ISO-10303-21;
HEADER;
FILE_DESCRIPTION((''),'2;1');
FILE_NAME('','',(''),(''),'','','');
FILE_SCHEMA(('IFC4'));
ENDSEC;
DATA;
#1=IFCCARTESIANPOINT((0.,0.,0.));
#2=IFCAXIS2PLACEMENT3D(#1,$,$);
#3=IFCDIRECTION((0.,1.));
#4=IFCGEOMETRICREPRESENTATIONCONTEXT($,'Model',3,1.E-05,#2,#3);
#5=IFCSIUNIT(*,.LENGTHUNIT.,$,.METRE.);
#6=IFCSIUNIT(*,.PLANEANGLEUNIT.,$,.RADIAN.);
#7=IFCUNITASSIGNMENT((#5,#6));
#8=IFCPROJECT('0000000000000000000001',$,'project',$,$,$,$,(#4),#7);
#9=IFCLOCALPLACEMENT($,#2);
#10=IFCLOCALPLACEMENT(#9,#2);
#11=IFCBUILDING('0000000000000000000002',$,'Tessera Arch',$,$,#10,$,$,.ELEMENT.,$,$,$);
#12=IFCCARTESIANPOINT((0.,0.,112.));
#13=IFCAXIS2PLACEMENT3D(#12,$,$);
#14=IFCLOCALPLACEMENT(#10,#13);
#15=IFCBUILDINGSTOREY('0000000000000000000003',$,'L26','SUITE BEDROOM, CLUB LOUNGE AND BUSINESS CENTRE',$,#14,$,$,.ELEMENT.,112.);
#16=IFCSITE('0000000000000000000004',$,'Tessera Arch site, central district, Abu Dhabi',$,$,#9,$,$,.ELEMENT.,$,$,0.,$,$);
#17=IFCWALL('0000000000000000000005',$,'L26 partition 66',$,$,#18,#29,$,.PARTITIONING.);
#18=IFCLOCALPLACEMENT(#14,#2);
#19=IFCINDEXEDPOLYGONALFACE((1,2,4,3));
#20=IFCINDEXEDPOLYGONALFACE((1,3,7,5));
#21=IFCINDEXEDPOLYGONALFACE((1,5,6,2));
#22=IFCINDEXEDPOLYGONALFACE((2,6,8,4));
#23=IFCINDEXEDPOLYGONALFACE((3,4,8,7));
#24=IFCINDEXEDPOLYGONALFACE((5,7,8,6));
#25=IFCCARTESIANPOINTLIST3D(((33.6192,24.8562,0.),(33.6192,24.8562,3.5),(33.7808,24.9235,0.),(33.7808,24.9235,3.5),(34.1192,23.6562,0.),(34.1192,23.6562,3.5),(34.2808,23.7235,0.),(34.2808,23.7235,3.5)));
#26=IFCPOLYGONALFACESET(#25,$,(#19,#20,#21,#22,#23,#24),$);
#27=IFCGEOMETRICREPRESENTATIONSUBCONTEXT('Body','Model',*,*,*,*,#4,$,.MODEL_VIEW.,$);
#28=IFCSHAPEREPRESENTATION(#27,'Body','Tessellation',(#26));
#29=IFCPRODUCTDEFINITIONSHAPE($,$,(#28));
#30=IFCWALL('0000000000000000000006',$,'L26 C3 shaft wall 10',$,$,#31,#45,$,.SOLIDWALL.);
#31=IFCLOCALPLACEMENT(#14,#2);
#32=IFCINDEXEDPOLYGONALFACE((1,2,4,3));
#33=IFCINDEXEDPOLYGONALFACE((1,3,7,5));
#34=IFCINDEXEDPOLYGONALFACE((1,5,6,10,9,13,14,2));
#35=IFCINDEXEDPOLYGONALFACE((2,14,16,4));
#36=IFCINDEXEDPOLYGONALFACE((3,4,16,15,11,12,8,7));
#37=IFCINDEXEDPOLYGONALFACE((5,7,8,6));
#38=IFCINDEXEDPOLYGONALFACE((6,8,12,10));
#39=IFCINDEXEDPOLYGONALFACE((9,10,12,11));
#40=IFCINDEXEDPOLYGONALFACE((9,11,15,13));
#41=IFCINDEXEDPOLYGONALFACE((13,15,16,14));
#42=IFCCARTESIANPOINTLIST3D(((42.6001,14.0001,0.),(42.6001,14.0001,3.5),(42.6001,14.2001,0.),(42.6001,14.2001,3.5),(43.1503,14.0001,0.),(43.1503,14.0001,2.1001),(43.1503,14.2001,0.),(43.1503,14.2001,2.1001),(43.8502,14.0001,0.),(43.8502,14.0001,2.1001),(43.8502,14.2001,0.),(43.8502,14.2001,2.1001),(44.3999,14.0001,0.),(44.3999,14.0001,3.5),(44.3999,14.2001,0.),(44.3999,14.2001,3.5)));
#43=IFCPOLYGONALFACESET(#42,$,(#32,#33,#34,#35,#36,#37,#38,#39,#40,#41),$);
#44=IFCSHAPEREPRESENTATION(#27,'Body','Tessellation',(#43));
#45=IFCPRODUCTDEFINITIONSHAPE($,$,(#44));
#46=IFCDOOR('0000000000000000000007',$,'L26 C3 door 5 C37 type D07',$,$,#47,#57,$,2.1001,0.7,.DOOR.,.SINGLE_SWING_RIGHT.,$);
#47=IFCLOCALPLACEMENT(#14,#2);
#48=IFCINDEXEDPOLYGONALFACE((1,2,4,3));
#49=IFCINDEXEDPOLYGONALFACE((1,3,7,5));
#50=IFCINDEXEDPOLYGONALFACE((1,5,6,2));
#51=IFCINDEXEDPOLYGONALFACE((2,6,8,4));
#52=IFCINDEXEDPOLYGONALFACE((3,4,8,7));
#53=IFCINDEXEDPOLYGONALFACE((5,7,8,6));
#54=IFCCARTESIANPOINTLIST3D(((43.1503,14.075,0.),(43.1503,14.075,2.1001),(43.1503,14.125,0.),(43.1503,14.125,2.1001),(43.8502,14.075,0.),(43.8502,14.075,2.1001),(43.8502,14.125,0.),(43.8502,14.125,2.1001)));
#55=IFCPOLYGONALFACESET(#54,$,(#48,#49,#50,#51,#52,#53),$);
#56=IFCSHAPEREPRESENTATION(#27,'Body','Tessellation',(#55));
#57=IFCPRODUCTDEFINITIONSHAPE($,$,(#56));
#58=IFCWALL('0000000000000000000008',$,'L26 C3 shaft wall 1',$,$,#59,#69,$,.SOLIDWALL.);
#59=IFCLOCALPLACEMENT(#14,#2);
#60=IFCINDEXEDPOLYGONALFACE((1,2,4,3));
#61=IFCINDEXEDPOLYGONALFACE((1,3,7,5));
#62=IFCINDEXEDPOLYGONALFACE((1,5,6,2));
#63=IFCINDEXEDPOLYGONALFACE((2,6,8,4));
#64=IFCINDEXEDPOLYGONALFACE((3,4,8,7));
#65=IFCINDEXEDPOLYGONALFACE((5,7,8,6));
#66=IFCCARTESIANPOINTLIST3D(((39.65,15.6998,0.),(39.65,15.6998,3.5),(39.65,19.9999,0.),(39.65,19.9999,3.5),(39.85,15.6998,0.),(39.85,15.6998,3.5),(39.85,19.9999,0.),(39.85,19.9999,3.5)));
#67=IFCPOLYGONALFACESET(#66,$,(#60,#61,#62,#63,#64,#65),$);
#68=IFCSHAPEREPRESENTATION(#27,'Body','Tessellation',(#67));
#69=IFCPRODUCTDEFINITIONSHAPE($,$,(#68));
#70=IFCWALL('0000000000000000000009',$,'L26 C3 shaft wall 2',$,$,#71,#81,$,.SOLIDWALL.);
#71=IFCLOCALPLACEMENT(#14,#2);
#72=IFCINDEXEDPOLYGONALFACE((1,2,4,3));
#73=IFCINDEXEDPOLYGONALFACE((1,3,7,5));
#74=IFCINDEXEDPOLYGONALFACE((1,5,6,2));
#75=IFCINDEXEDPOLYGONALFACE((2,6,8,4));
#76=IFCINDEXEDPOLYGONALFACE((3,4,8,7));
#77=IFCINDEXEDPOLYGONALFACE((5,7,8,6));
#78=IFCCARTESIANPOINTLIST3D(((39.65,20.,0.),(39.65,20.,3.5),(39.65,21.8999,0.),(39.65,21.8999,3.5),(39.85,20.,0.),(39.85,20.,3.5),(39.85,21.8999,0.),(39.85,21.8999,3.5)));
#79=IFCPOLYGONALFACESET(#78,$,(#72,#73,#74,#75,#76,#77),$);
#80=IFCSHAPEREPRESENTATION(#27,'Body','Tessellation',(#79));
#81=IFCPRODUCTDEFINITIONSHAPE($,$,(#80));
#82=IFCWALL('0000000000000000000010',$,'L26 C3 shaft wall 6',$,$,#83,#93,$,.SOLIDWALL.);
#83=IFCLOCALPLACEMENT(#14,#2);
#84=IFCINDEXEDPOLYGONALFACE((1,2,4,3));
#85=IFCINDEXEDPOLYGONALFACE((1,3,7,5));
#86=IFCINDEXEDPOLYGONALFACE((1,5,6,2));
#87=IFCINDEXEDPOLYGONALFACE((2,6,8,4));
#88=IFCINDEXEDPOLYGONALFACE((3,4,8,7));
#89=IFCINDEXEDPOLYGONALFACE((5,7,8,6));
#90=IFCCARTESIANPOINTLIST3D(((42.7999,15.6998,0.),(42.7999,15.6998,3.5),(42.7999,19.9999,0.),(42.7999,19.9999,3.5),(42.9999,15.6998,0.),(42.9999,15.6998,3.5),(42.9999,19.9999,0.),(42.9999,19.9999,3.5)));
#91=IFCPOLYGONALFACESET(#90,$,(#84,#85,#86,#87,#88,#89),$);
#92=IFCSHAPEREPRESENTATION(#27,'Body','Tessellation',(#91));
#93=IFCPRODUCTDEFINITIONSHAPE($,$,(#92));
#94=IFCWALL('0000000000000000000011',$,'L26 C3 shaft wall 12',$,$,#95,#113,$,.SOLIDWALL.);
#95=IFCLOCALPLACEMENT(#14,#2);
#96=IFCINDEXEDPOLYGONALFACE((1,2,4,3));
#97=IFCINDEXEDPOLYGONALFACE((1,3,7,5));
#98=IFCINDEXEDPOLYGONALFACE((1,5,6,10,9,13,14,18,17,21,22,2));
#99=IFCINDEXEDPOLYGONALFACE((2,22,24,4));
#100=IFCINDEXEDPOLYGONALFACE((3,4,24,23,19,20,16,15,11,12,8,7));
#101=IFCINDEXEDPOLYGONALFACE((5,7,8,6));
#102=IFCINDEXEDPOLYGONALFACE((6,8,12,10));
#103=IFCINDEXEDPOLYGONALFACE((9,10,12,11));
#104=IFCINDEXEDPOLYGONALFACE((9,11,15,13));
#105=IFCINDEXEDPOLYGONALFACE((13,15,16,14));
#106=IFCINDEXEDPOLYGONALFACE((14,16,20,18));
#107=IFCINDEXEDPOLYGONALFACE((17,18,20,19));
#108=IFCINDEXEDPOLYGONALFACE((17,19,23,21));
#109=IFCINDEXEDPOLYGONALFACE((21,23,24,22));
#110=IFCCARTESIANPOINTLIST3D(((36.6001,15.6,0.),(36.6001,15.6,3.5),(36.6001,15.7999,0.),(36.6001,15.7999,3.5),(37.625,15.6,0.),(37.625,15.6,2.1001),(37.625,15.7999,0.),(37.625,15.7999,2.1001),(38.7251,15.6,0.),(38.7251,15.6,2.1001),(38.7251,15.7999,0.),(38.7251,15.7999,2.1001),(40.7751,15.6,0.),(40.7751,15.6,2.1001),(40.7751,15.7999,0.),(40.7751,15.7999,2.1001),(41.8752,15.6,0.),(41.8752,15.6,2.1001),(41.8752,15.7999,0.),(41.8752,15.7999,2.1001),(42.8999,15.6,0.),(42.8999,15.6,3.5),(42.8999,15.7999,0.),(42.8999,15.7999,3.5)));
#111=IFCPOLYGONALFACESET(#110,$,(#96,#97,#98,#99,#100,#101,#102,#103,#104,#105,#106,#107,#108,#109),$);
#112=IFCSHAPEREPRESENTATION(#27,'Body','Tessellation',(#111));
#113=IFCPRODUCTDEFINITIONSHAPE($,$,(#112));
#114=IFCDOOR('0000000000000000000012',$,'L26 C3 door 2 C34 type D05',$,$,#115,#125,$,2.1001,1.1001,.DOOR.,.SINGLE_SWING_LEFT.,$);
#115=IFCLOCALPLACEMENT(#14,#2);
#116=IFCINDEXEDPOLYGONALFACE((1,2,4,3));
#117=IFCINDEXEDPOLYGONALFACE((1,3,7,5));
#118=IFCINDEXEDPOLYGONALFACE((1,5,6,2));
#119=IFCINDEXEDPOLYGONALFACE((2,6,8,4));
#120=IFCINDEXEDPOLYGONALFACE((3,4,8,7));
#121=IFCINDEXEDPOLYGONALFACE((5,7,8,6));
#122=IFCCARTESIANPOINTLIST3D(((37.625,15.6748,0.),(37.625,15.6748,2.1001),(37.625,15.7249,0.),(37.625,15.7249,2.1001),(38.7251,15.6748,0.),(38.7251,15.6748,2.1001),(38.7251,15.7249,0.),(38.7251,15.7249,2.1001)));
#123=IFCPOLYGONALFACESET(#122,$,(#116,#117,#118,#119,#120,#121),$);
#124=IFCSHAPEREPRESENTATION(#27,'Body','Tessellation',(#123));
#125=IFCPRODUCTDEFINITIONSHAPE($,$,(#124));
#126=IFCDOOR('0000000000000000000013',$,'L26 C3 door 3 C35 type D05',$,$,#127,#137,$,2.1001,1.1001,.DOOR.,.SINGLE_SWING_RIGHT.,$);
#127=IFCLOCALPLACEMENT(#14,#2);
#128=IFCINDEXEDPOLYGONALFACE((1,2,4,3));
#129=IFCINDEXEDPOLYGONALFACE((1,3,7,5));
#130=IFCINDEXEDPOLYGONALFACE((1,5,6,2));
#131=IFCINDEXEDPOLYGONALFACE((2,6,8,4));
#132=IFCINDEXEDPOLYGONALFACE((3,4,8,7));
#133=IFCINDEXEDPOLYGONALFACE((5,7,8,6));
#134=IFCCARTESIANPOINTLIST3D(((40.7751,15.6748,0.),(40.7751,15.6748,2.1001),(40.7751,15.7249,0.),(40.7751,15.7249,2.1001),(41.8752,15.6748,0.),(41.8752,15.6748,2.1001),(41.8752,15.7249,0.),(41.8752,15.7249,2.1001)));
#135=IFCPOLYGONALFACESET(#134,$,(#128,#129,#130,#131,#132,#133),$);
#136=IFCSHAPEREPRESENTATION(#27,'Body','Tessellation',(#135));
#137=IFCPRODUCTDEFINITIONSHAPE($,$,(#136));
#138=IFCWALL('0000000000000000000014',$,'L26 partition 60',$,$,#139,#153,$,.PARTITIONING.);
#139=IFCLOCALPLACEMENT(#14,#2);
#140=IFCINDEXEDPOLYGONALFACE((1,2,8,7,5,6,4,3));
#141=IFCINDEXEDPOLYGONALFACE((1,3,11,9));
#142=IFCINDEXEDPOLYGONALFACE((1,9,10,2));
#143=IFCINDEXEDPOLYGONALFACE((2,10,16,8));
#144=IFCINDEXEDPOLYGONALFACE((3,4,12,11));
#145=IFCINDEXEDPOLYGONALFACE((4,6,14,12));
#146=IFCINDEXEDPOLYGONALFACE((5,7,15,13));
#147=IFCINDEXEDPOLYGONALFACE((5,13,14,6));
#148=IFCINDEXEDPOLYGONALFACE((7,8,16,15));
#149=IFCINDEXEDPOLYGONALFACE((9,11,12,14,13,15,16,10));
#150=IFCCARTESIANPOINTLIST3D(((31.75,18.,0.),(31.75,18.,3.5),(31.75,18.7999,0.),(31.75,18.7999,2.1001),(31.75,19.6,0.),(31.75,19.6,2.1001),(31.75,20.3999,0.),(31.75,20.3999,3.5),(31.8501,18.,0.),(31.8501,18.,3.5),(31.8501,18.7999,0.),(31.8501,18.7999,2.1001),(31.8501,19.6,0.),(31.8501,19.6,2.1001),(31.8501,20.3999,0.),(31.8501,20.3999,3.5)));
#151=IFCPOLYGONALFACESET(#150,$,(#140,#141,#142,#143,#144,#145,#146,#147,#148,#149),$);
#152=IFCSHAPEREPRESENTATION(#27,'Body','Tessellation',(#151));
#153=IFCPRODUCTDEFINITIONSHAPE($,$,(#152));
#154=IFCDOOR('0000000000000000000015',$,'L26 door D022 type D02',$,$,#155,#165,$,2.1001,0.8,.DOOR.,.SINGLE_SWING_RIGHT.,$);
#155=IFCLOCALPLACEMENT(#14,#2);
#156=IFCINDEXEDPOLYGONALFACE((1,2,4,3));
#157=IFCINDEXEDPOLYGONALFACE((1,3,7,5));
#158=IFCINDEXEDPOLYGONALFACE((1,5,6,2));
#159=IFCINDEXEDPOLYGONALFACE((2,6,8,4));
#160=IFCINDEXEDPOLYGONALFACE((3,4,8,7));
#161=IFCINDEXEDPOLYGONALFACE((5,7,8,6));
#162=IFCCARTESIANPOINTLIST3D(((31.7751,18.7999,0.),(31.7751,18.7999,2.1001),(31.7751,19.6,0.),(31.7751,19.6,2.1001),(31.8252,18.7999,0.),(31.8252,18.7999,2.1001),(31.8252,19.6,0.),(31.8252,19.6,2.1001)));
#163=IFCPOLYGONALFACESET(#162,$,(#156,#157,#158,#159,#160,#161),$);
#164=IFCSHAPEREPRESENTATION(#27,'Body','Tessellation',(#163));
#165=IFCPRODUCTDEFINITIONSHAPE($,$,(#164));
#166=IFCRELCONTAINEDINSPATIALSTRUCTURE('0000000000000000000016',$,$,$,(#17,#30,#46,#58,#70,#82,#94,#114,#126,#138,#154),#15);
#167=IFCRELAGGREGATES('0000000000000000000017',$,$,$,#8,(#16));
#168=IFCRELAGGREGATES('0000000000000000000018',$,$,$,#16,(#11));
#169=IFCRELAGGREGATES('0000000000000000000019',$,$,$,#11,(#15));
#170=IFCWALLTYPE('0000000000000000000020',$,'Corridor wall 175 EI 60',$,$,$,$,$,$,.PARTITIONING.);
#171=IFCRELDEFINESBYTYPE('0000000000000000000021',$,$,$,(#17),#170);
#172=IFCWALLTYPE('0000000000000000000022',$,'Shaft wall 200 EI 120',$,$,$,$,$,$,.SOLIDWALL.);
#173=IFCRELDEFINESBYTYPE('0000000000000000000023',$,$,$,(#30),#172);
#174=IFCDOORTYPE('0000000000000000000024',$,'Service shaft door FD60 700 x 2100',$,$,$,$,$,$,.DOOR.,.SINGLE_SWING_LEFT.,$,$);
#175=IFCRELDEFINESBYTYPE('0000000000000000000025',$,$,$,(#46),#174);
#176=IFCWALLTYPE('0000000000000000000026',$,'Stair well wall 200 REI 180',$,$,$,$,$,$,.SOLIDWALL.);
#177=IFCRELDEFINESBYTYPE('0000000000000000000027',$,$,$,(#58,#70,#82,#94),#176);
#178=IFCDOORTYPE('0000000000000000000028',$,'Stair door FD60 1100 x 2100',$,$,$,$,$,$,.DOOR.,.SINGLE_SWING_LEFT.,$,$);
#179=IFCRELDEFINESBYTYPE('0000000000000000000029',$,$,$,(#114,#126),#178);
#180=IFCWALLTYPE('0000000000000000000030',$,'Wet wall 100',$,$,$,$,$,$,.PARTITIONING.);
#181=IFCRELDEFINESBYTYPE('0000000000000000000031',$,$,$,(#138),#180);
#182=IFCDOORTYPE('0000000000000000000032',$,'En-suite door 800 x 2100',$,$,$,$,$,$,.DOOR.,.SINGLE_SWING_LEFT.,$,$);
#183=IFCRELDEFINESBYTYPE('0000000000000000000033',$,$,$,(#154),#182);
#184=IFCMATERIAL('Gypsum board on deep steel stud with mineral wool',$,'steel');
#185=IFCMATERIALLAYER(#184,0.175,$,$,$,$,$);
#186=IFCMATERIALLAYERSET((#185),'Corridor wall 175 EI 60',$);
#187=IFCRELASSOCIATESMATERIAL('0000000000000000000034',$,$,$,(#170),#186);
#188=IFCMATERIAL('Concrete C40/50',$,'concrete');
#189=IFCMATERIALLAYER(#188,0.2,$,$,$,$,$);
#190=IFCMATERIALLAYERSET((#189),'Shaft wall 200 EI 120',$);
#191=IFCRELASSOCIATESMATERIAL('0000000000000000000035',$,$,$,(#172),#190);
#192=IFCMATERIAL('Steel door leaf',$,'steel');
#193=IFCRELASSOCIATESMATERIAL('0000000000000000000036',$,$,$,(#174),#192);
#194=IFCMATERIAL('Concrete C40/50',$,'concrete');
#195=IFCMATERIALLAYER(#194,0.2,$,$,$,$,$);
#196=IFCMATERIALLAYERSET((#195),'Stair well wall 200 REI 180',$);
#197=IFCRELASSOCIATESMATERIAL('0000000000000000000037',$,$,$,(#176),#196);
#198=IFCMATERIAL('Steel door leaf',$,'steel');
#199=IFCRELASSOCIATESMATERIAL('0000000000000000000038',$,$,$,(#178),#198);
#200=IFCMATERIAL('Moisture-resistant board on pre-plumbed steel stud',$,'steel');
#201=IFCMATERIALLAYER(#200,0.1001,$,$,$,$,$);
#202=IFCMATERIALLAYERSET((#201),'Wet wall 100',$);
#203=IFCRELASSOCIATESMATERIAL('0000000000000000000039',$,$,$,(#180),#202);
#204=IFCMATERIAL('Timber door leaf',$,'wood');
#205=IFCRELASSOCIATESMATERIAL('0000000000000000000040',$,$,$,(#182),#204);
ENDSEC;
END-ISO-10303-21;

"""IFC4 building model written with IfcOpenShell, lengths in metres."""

from ifc_helpers import new_model, si_unit, direction, frame, frame_2d, origin, place, context, subcontext, project, spatial, rectangle, extrude, material, layer, layer_set, type_object, element, fill, save


model = new_model("IFC4")

# Units and contexts
model_context = context("Model", 3, precision=1e-05, world=origin(), true_north=direction((0.0, 1.0)))
body_context = subcontext(model_context, "Body", "Model", "MODEL_VIEW")
ifc_project = project(units=[si_unit("LENGTHUNIT", "METRE"), si_unit("PLANEANGLEUNIT", "RADIAN")], contexts=[model_context])

# Site, building, storey
site_placement = place(None, origin())
site = spatial("IfcSite", under=ifc_project, at=site_placement, Name="Tessera Arch site, central district, Abu Dhabi", CompositionType="ELEMENT", RefElevation=0.0)
building_placement = place(site_placement, origin())
building = spatial("IfcBuilding", under=site, at=building_placement, Name="Tessera Arch", CompositionType="ELEMENT")
storey_placement = place(building_placement, frame((0.0, 0.0, 112.0)))
storey = spatial("IfcBuildingStorey", under=building, at=storey_placement, Name="L26", Description="SUITE BEDROOM, CLUB LOUNGE AND BUSINESS CENTRE", CompositionType="ELEMENT", Elevation=112.0)

# Shared definitions
ifc_material_1 = material(Name="Gypsum board on deep steel stud with mineral wool", Category="steel")
ifc_layer_1 = layer(ifc_material_1, 0.175)
ifc_layer_set_1 = layer_set([ifc_layer_1], Name="Corridor wall 175 EI 60")
wall_type_1 = type_object("IfcWallType", Name="Corridor wall 175 EI 60", PredefinedType="PARTITIONING", material=ifc_layer_set_1)

# Wall
wall_1_placement = place(storey_placement, frame((34.2, 23.6899, 0.0), z_axis=(0.0, 0.0, 1.0), x_axis=(-0.384629, 0.923071, 0.0)))
element("IfcWall", 1, at=wall_1_placement, inside=storey, type_object=wall_type_1, Name="L26 partition 66", PredefinedType="PARTITIONING", context=body_context, shape_type="SweptSolid", body=[
    extrude(rectangle(XDim=1.3, YDim=0.175, at=frame_2d((0.6499, 0.0))), origin(), (0.0, 0.0, 1.0), 3.5),
])

# Wall, opening, door
ifc_material_2 = material(Name="Concrete C40/50", Category="concrete")
ifc_layer_2 = layer(ifc_material_2, 0.2)
ifc_layer_set_2 = layer_set([ifc_layer_2], Name="Shaft wall 200 EI 120")
wall_type_2 = type_object("IfcWallType", Name="Shaft wall 200 EI 120", PredefinedType="SOLIDWALL", material=ifc_layer_set_2)
wall_2_placement = place(storey_placement, frame((42.6001, 14.1001, 0.0), z_axis=(0.0, 0.0, 1.0), x_axis=(1.0, 0.0, 0.0)))
wall_2 = element("IfcWall", 2, at=wall_2_placement, inside=storey, type_object=wall_type_2, Name="L26 C3 shaft wall 10", PredefinedType="SOLIDWALL", context=body_context, shape_type="SweptSolid", body=[
    extrude(rectangle(XDim=1.7998, YDim=0.2, at=frame_2d((0.8999, 0.0))), origin(), (0.0, 0.0, 1.0), 3.5),
])
opening_1_placement = place(wall_2_placement, frame((0.55, 0.0, 0.0)))
opening_1 = element("IfcOpeningElement", 3, at=opening_1_placement, cuts=wall_2, PredefinedType="OPENING", context=body_context, shape_type="SweptSolid", body=[
    extrude(rectangle(XDim=0.7, YDim=2.1001, at=frame_2d((0.3501, 1.05))), frame((0.0, 0.1099, 0.0), z_axis=(0.0, -1.0, 0.0), x_axis=(1.0, 0.0, 0.0)), (0.0, 0.0, 1.0), 0.22),
])
ifc_material_3 = material(Name="Steel door leaf", Category="steel")
door_type_1 = type_object("IfcDoorType", Name="Service shaft door FD60 700 x 2100", OperationType="SINGLE_SWING_LEFT", PredefinedType="DOOR", material=ifc_material_3)
door_1_placement = place(opening_1_placement, origin())
door_1 = element("IfcDoor", 4, at=door_1_placement, inside=storey, type_object=door_type_1, Name="L26 C3 door 5 C37 type D07", OperationType="SINGLE_SWING_RIGHT", OverallHeight=2.1001, OverallWidth=0.7, PredefinedType="DOOR", context=body_context, shape_type="SweptSolid", body=[
    extrude(rectangle(XDim=0.7, YDim=2.1001, at=frame_2d((0.3501, 1.05))), frame((0.0, 0.0249, 0.0), z_axis=(0.0, -1.0, 0.0), x_axis=(1.0, 0.0, 0.0)), (0.0, 0.0, 1.0), 0.05),
])
fill(opening_1, door_1)

# Walls
ifc_material_4 = material(Name="Concrete C40/50", Category="concrete")
ifc_layer_3 = layer(ifc_material_4, 0.2)
ifc_layer_set_3 = layer_set([ifc_layer_3], Name="Stair well wall 200 REI 180")
wall_type_3 = type_object("IfcWallType", Name="Stair well wall 200 REI 180", PredefinedType="SOLIDWALL", material=ifc_layer_set_3)
wall_3_placement = place(storey_placement, frame((39.75, 15.7, 0.0), z_axis=(0.0, 0.0, 1.0), x_axis=(0.0, 1.0, 0.0)))
element("IfcWall", 5, at=wall_3_placement, inside=storey, type_object=wall_type_3, Name="L26 C3 shaft wall 1", PredefinedType="SOLIDWALL", context=body_context, shape_type="SweptSolid", body=[
    extrude(rectangle(XDim=4.3, YDim=0.2, at=frame_2d((2.1499, 0.0))), origin(), (0.0, 0.0, 1.0), 3.5),
])
wall_4_placement = place(storey_placement, frame((39.75, 20.0, 0.0), z_axis=(0.0, 0.0, 1.0), x_axis=(0.0, 1.0, 0.0)))
element("IfcWall", 6, at=wall_4_placement, inside=storey, type_object=wall_type_3, Name="L26 C3 shaft wall 2", PredefinedType="SOLIDWALL", context=body_context, shape_type="SweptSolid", body=[
    extrude(rectangle(XDim=1.8999, YDim=0.2, at=frame_2d((0.95, 0.0))), origin(), (0.0, 0.0, 1.0), 3.5),
])
wall_5_placement = place(storey_placement, frame((42.8999, 15.7, 0.0), z_axis=(0.0, 0.0, 1.0), x_axis=(0.0, 1.0, 0.0)))
element("IfcWall", 7, at=wall_5_placement, inside=storey, type_object=wall_type_3, Name="L26 C3 shaft wall 6", PredefinedType="SOLIDWALL", context=body_context, shape_type="SweptSolid", body=[
    extrude(rectangle(XDim=4.3, YDim=0.2, at=frame_2d((2.1499, 0.0))), origin(), (0.0, 0.0, 1.0), 3.5),
])

# Wall, openings, doors
wall_6_placement = place(storey_placement, frame((36.6001, 15.7, 0.0), z_axis=(0.0, 0.0, 1.0), x_axis=(1.0, 0.0, 0.0)))
wall_6 = element("IfcWall", 8, at=wall_6_placement, inside=storey, type_object=wall_type_3, Name="L26 C3 shaft wall 12", PredefinedType="SOLIDWALL", context=body_context, shape_type="SweptSolid", body=[
    extrude(rectangle(XDim=6.2998, YDim=0.2, at=frame_2d((3.1499, 0.0))), origin(), (0.0, 0.0, 1.0), 3.5),
])
opening_2_placement = place(wall_6_placement, frame((1.0249, 0.0, 0.0)))
opening_2 = element("IfcOpeningElement", 9, at=opening_2_placement, cuts=wall_6, PredefinedType="OPENING", context=body_context, shape_type="SweptSolid", body=[
    extrude(rectangle(XDim=1.1001, YDim=2.1001, at=frame_2d((0.55, 1.05))), frame((0.0, 0.1099, 0.0), z_axis=(0.0, -1.0, 0.0), x_axis=(1.0, 0.0, 0.0)), (0.0, 0.0, 1.0), 0.22),
])
opening_3_placement = place(wall_6_placement, frame((4.175, 0.0, 0.0)))
opening_3 = element("IfcOpeningElement", 10, at=opening_3_placement, cuts=wall_6, PredefinedType="OPENING", context=body_context, shape_type="SweptSolid", body=[
    extrude(rectangle(XDim=1.1001, YDim=2.1001, at=frame_2d((0.55, 1.05))), frame((0.0, 0.1099, 0.0), z_axis=(0.0, -1.0, 0.0), x_axis=(1.0, 0.0, 0.0)), (0.0, 0.0, 1.0), 0.22),
])
ifc_material_5 = material(Name="Steel door leaf", Category="steel")
door_type_2 = type_object("IfcDoorType", Name="Stair door FD60 1100 x 2100", OperationType="SINGLE_SWING_LEFT", PredefinedType="DOOR", material=ifc_material_5)
door_2_placement = place(opening_2_placement, origin())
door_2 = element("IfcDoor", 11, at=door_2_placement, inside=storey, type_object=door_type_2, Name="L26 C3 door 2 C34 type D05", OperationType="SINGLE_SWING_LEFT", OverallHeight=2.1001, OverallWidth=1.1001, PredefinedType="DOOR", context=body_context, shape_type="SweptSolid", body=[
    extrude(rectangle(XDim=1.1001, YDim=2.1001, at=frame_2d((0.55, 1.05))), frame((0.0, 0.0249, 0.0), z_axis=(0.0, -1.0, 0.0), x_axis=(1.0, 0.0, 0.0)), (0.0, 0.0, 1.0), 0.05),
])
fill(opening_2, door_2)
door_3_placement = place(opening_3_placement, origin())
door_3 = element("IfcDoor", 12, at=door_3_placement, inside=storey, type_object=door_type_2, Name="L26 C3 door 3 C35 type D05", OperationType="SINGLE_SWING_RIGHT", OverallHeight=2.1001, OverallWidth=1.1001, PredefinedType="DOOR", context=body_context, shape_type="SweptSolid", body=[
    extrude(rectangle(XDim=1.1001, YDim=2.1001, at=frame_2d((0.55, 1.05))), frame((0.0, 0.0249, 0.0), z_axis=(0.0, -1.0, 0.0), x_axis=(1.0, 0.0, 0.0)), (0.0, 0.0, 1.0), 0.05),
])
fill(opening_3, door_3)

# Wall, opening, door
ifc_material_6 = material(Name="Moisture-resistant board on pre-plumbed steel stud", Category="steel")
ifc_layer_4 = layer(ifc_material_6, 0.1001)
ifc_layer_set_4 = layer_set([ifc_layer_4], Name="Wet wall 100")
wall_type_4 = type_object("IfcWallType", Name="Wet wall 100", PredefinedType="PARTITIONING", material=ifc_layer_set_4)
wall_7_placement = place(storey_placement, frame((31.8, 18.0, 0.0), z_axis=(0.0, 0.0, 1.0), x_axis=(0.0, 1.0, 0.0)))
wall_7 = element("IfcWall", 13, at=wall_7_placement, inside=storey, type_object=wall_type_4, Name="L26 partition 60", PredefinedType="PARTITIONING", context=body_context, shape_type="SweptSolid", body=[
    extrude(rectangle(XDim=2.3999, YDim=0.1001, at=frame_2d((1.2, 0.0))), origin(), (0.0, 0.0, 1.0), 3.5),
])
opening_4_placement = place(wall_7_placement, frame((0.8, 0.0, 0.0)))
opening_4 = element("IfcOpeningElement", 14, at=opening_4_placement, cuts=wall_7, PredefinedType="OPENING", context=body_context, shape_type="SweptSolid", body=[
    extrude(rectangle(XDim=0.8, YDim=2.1001, at=frame_2d((0.3999, 1.05))), frame((0.0, 0.0601, 0.0), z_axis=(0.0, -1.0, 0.0), x_axis=(1.0, 0.0, 0.0)), (0.0, 0.0, 1.0), 0.1201),
])
ifc_material_7 = material(Name="Timber door leaf", Category="wood")
door_type_3 = type_object("IfcDoorType", Name="En-suite door 800 x 2100", OperationType="SINGLE_SWING_LEFT", PredefinedType="DOOR", material=ifc_material_7)
door_4_placement = place(opening_4_placement, origin())
door_4 = element("IfcDoor", 15, at=door_4_placement, inside=storey, type_object=door_type_3, Name="L26 door D022 type D02", OperationType="SINGLE_SWING_RIGHT", OverallHeight=2.1001, OverallWidth=0.8, PredefinedType="DOOR", context=body_context, shape_type="SweptSolid", body=[
    extrude(rectangle(XDim=0.8, YDim=2.1001, at=frame_2d((0.3999, 1.05))), frame((0.0, 0.0249, 0.0), z_axis=(0.0, -1.0, 0.0), x_axis=(1.0, 0.0, 0.0)), (0.0, 0.0, 1.0), 0.05),
])
fill(opening_4, door_4)

save(model, "model.ifc")
